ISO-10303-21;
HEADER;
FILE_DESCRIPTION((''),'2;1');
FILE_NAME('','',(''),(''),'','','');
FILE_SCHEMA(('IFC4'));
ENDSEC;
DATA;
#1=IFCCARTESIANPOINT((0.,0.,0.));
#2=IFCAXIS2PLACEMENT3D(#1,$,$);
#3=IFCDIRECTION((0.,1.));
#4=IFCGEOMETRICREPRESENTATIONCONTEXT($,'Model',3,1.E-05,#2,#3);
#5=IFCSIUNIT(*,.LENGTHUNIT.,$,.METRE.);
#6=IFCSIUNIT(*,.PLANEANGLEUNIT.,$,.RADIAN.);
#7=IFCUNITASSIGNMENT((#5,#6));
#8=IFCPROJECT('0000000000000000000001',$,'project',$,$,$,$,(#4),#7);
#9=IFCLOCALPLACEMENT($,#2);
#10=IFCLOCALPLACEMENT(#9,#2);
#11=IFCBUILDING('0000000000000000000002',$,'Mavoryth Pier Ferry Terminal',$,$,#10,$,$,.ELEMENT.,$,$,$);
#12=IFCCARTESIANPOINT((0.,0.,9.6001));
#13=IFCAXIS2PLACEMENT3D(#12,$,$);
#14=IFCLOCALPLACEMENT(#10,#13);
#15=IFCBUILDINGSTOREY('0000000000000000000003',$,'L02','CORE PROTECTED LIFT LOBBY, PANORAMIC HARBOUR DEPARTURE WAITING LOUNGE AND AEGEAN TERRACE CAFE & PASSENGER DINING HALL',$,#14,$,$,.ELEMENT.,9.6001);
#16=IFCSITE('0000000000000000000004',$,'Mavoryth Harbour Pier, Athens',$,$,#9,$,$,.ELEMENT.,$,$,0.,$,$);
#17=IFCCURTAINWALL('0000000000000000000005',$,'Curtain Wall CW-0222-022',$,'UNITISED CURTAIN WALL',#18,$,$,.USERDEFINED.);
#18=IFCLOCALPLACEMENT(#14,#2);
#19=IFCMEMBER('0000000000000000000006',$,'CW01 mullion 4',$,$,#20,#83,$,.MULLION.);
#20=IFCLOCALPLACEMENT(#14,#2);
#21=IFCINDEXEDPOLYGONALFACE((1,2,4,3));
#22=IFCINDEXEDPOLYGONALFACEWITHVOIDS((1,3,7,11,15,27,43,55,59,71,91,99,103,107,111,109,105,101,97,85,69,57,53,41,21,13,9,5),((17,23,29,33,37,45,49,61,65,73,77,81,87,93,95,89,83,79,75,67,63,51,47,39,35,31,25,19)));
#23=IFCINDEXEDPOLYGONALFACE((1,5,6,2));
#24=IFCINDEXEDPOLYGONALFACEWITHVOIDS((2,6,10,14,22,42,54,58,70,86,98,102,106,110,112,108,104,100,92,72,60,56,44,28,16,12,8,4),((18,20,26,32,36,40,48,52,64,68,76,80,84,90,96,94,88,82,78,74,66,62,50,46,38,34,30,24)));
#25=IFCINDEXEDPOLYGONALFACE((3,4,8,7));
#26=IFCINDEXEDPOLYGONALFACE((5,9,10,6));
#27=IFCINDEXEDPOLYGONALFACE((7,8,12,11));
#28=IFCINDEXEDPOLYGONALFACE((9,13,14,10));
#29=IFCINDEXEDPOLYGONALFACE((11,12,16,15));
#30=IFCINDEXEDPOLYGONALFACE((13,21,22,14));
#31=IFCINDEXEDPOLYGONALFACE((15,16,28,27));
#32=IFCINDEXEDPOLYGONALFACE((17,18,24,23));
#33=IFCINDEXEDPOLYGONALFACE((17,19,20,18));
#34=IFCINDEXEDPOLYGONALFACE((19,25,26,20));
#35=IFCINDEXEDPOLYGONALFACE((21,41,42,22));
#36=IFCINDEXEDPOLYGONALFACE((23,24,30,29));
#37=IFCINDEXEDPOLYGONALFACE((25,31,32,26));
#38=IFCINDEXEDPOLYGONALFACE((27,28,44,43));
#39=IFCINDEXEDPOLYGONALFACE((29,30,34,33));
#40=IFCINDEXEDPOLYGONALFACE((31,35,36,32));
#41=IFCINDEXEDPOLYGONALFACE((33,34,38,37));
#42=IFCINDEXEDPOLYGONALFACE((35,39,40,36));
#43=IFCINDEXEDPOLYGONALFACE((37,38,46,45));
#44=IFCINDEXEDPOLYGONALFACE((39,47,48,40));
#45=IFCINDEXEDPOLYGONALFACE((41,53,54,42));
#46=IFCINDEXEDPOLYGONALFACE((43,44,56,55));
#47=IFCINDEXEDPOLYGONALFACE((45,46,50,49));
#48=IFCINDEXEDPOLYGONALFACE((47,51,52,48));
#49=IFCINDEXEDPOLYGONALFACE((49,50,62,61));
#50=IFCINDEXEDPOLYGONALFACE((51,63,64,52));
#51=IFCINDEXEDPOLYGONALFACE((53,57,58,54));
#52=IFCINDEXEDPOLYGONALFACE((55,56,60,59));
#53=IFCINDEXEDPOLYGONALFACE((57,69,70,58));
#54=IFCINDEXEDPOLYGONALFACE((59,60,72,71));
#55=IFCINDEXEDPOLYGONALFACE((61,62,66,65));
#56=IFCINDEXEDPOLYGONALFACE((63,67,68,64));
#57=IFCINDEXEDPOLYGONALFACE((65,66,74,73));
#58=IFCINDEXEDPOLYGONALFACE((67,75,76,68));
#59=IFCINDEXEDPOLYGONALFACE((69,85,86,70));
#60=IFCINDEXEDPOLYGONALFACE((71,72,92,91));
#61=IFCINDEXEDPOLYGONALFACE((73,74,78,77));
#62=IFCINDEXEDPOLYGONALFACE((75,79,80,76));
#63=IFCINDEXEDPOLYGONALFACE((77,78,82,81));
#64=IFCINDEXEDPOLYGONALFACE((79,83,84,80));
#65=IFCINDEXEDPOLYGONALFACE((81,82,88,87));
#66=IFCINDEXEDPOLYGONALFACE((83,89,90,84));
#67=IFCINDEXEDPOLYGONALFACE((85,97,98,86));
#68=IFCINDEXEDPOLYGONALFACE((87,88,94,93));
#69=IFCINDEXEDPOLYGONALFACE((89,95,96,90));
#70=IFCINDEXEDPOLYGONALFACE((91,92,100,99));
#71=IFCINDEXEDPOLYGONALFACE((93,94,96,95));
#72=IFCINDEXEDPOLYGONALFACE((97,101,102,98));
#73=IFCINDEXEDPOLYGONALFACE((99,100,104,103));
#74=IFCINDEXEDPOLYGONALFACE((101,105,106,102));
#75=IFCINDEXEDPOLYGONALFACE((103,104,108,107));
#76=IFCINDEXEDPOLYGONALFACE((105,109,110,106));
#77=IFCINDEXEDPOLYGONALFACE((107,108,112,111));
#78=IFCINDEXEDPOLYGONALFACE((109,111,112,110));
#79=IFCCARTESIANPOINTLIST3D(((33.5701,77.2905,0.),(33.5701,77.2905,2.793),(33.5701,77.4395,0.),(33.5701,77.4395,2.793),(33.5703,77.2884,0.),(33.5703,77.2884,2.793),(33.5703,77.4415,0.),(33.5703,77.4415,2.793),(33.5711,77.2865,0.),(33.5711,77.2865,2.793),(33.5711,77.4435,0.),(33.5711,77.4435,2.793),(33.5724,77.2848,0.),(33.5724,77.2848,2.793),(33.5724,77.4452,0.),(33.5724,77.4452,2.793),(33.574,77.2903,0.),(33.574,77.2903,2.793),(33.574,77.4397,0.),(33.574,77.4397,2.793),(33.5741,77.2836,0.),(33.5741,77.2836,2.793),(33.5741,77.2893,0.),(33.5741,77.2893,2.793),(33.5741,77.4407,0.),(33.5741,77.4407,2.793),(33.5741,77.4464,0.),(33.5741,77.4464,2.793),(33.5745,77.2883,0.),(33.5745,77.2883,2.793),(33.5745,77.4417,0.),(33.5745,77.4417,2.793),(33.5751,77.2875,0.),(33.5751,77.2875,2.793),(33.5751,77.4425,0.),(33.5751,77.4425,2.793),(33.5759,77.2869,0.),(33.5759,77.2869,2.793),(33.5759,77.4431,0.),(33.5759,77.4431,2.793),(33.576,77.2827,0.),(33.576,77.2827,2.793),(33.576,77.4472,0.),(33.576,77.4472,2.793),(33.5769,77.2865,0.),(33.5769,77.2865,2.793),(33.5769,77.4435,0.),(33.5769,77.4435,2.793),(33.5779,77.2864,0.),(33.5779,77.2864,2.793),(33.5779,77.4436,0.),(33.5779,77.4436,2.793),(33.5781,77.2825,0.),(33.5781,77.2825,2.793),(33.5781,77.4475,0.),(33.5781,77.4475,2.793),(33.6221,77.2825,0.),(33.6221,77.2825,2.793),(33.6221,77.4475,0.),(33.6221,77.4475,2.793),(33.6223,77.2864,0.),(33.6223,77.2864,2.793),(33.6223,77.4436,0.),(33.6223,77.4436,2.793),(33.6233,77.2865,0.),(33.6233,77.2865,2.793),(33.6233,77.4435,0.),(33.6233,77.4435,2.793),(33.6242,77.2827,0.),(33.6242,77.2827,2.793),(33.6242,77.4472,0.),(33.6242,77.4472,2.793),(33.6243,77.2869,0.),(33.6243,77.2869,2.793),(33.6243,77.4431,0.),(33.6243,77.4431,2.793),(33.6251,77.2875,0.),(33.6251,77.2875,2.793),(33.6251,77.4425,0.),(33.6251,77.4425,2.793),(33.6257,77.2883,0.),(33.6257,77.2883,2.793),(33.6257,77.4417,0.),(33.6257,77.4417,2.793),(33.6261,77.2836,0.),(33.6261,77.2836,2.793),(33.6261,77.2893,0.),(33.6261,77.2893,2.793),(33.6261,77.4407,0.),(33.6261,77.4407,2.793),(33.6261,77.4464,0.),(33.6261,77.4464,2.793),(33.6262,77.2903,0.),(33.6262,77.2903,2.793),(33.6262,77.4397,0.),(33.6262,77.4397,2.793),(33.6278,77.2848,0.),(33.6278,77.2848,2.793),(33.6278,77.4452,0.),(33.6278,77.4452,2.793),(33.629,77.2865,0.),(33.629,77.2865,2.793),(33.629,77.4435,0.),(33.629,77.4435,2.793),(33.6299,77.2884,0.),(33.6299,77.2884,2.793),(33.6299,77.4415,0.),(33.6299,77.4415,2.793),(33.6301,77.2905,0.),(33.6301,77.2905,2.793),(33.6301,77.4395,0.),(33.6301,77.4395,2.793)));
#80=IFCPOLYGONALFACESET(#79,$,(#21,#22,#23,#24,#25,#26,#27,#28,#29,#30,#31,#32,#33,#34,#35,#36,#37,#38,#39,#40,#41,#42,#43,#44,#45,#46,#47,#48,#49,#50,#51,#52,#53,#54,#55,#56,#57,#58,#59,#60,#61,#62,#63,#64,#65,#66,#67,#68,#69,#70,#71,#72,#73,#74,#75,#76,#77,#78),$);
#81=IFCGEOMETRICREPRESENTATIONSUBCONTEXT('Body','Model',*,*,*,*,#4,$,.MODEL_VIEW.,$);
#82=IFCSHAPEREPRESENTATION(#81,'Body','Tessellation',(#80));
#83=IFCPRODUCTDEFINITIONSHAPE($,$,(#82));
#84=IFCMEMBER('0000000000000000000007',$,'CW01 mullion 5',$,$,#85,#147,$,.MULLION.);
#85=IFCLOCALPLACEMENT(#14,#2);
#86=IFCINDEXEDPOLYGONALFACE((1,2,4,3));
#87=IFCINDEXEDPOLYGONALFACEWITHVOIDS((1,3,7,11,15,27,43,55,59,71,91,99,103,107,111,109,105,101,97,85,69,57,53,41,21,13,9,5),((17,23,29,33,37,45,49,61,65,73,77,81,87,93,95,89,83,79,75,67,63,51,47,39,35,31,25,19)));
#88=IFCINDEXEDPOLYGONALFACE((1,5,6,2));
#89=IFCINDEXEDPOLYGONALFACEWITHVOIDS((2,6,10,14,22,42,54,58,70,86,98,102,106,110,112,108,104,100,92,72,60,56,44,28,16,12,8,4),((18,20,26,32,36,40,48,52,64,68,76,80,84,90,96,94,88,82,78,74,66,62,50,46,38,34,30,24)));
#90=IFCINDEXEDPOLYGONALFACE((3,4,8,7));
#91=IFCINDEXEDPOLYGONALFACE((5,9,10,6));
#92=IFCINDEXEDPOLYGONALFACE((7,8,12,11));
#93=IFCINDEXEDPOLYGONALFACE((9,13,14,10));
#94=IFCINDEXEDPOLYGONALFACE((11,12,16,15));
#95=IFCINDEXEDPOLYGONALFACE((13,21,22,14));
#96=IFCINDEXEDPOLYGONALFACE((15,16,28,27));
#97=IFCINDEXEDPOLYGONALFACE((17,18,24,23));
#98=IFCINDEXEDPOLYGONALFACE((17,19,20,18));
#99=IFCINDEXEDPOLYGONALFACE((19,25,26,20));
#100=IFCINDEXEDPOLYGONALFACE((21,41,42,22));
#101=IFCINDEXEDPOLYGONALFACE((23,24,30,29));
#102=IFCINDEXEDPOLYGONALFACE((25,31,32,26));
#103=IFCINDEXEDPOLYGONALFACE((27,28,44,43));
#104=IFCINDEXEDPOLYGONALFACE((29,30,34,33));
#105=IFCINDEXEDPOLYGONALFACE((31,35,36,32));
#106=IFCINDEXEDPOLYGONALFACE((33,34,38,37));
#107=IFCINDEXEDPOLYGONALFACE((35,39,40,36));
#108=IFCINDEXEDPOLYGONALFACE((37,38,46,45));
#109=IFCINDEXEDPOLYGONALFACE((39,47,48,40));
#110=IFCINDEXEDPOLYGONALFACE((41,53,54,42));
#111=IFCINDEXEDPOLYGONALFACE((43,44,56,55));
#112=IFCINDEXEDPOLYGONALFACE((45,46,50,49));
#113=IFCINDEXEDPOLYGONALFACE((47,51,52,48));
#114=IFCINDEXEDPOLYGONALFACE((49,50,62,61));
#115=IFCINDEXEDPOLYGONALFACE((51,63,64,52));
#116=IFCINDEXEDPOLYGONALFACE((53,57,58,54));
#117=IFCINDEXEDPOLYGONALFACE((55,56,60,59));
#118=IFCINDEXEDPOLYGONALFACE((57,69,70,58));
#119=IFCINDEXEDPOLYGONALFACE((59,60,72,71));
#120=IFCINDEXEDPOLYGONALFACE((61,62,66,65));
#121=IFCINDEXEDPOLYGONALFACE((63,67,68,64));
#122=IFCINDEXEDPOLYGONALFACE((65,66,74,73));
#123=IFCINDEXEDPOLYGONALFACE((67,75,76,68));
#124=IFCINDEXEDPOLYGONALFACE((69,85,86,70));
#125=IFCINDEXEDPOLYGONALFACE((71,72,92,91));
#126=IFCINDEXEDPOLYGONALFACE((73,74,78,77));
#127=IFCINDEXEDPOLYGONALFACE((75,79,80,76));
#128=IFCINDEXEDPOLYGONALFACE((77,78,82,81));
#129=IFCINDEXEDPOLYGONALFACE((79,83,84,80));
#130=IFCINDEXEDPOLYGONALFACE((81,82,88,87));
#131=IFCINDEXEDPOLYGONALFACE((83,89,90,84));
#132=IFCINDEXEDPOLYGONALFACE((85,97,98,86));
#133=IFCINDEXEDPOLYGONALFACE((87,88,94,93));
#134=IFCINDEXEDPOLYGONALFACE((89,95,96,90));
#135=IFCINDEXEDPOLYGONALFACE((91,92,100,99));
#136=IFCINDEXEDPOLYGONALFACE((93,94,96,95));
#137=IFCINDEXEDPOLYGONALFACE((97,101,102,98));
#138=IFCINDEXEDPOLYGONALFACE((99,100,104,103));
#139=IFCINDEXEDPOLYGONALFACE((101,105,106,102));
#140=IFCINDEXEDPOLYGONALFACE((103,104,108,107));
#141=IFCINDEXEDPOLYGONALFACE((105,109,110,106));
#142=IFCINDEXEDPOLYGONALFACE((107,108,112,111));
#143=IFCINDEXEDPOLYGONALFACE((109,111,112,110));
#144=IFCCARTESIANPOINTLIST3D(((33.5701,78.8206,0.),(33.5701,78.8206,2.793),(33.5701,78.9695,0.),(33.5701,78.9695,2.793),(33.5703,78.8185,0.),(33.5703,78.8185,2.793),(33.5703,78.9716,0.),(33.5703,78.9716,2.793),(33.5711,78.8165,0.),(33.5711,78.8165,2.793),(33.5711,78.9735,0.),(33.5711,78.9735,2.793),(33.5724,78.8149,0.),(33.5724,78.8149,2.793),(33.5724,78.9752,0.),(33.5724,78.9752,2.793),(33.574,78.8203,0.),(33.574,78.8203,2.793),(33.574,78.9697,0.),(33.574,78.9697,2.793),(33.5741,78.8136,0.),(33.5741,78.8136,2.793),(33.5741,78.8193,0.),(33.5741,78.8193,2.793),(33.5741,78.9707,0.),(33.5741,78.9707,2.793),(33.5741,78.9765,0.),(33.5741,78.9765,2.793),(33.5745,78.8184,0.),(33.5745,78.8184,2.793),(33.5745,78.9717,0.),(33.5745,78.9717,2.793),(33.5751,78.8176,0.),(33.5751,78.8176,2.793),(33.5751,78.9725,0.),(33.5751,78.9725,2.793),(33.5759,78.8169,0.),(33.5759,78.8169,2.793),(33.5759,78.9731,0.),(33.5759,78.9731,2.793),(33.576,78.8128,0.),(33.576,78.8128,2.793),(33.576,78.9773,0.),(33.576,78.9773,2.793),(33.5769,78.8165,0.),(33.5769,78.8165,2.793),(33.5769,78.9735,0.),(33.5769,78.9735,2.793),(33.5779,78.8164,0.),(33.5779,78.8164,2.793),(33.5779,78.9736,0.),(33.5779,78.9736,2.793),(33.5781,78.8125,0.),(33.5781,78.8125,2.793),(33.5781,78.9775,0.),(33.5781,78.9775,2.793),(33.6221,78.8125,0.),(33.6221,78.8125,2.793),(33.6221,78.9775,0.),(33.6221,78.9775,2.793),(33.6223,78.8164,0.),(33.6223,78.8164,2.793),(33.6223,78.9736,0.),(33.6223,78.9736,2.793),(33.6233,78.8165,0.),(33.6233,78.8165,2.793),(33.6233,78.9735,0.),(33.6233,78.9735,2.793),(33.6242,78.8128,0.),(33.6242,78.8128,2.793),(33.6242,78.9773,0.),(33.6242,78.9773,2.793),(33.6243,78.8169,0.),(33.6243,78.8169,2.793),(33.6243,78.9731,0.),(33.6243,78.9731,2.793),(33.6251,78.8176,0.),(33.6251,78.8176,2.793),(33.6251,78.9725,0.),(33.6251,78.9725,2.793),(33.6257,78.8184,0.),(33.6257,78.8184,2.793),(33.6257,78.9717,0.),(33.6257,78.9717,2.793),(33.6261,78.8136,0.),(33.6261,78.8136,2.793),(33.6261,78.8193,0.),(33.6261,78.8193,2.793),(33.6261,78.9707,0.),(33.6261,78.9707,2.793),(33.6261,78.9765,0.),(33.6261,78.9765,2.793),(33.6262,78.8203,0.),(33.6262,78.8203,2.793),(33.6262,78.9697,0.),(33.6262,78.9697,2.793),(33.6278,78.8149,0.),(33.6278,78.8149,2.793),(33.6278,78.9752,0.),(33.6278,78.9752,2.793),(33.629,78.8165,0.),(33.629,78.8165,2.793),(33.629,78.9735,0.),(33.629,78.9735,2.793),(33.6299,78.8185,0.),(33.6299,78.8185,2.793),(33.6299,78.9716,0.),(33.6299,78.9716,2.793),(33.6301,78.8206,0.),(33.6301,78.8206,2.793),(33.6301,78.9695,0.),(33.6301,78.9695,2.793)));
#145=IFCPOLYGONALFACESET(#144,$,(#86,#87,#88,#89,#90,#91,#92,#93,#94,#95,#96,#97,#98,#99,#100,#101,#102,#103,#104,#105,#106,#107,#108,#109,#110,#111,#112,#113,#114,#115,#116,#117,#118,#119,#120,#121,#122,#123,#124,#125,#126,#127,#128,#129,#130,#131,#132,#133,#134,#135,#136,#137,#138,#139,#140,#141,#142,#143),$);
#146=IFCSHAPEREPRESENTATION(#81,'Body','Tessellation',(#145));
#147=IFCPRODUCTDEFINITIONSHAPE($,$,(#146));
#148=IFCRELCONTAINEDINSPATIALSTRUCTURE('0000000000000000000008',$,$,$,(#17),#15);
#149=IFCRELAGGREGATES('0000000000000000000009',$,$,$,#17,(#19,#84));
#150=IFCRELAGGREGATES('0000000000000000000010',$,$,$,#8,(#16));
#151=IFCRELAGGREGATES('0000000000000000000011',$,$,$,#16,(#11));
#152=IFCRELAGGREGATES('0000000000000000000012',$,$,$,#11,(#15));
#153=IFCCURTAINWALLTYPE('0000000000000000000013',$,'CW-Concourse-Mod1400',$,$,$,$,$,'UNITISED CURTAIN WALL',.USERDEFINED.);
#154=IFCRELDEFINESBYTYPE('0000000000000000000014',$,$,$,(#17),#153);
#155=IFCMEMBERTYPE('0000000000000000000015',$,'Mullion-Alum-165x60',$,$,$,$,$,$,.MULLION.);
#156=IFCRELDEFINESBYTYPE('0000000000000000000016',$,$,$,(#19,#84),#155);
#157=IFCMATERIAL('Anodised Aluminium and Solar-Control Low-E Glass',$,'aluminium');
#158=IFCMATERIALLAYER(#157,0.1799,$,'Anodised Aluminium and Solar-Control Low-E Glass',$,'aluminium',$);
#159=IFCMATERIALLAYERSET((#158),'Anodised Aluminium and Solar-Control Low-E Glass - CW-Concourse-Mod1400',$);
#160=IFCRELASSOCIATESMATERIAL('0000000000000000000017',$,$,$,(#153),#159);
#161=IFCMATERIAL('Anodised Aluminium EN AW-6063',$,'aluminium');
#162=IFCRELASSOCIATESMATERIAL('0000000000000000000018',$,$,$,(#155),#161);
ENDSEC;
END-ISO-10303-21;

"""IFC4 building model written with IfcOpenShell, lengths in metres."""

from ifc_helpers import new_model, si_unit, direction, frame, origin, origin_2d, place, context, subcontext, project, spatial, hollow_rectangle, extrude, material, layer, layer_set, material_profile, profile_set, type_object, element, aggregate, save


model = new_model("IFC4")

# Units and contexts
model_context = context("Model", 3, precision=1e-05, world=origin(), true_north=direction((0.0, 1.0)))
body_context = subcontext(model_context, "Body", "Model", "MODEL_VIEW")
ifc_project = project(units=[si_unit("LENGTHUNIT", "METRE"), si_unit("PLANEANGLEUNIT", "RADIAN")], contexts=[model_context])

# Site, building, storey
site_placement = place(None, origin())
site = spatial("IfcSite", under=ifc_project, at=site_placement, Name="Mavoryth Harbour Pier, Athens", CompositionType="ELEMENT", RefElevation=0.0)
building_placement = place(site_placement, origin())
building = spatial("IfcBuilding", under=site, at=building_placement, Name="Mavoryth Pier Ferry Terminal", CompositionType="ELEMENT")
storey_placement = place(building_placement, frame((0.0, 0.0, 9.6001)))
storey = spatial("IfcBuildingStorey", under=building, at=storey_placement, Name="L02", Description="CORE PROTECTED LIFT LOBBY, PANORAMIC HARBOUR DEPARTURE WAITING LOUNGE AND AEGEAN TERRACE CAFE & PASSENGER DINING HALL", CompositionType="ELEMENT", Elevation=9.6001)

# Curtain wall, members
ifc_material_1 = material(Name="Anodised Aluminium and Solar-Control Low-E Glass", Category="aluminium")
ifc_layer_1 = layer(ifc_material_1, 0.1799, Name="Anodised Aluminium and Solar-Control Low-E Glass", Category="aluminium")
ifc_layer_set_1 = layer_set([ifc_layer_1], Name="Anodised Aluminium and Solar-Control Low-E Glass - CW-Concourse-Mod1400")
curtain_wall_type = type_object("IfcCurtainWallType", Name="CW-Concourse-Mod1400", ElementType="UNITISED CURTAIN WALL", PredefinedType="USERDEFINED", material=ifc_layer_set_1)
curtain_wall_placement = place(storey_placement, origin())
curtain_wall = element("IfcCurtainWall", 1, at=curtain_wall_placement, inside=storey, type_object=curtain_wall_type, Name="Curtain Wall CW-0222-022", ObjectType="UNITISED CURTAIN WALL", PredefinedType="USERDEFINED")
ifc_material_2 = material(Name="Anodised Aluminium EN AW-6063", Category="aluminium")
ifc_material_profile_1 = material_profile(ifc_material_2, hollow_rectangle(XDim=0.0601, YDim=0.165, WallThickness=0.0039, InnerFilletRadius=0.0039, OuterFilletRadius=0.0081, at=origin_2d()), Name="AL-MULL 165x60x4", Category="aluminium")
ifc_profile_set_1 = profile_set([ifc_material_profile_1], Name="Anodised Aluminium EN AW-6063 - AL-MULL 165x60x4")
member_type_1 = type_object("IfcMemberType", Name="Mullion-Alum-165x60", PredefinedType="MULLION", material=ifc_profile_set_1)
member_1_placement = place(storey_placement, frame((33.6001, 77.365, 0.0), z_axis=(0.0, 0.0, 1.0), x_axis=(-1.0, 0.0, 0.0)))
member_1 = element("IfcMember", 2, at=member_1_placement, type_object=member_type_1, Name="CW01 mullion 4", PredefinedType="MULLION", context=body_context, shape_type="SweptSolid", body=[
    extrude(hollow_rectangle(XDim=0.0601, YDim=0.165, WallThickness=0.0039, InnerFilletRadius=0.0039, OuterFilletRadius=0.0081, at=origin_2d()), origin(), (0.0, 0.0, 1.0), 2.793),
])
member_2_placement = place(storey_placement, frame((33.6001, 78.895, 0.0), z_axis=(0.0, 0.0, 1.0), x_axis=(-1.0, 0.0, 0.0)))
member_2 = element("IfcMember", 3, at=member_2_placement, type_object=member_type_1, Name="CW01 mullion 5", PredefinedType="MULLION", context=body_context, shape_type="SweptSolid", body=[
    extrude(hollow_rectangle(XDim=0.0601, YDim=0.165, WallThickness=0.0039, InnerFilletRadius=0.0039, OuterFilletRadius=0.0081, at=origin_2d()), origin(), (0.0, 0.0, 1.0), 2.793),
])
aggregate(curtain_wall, [member_1, member_2])

save(model, "model.ifc")
